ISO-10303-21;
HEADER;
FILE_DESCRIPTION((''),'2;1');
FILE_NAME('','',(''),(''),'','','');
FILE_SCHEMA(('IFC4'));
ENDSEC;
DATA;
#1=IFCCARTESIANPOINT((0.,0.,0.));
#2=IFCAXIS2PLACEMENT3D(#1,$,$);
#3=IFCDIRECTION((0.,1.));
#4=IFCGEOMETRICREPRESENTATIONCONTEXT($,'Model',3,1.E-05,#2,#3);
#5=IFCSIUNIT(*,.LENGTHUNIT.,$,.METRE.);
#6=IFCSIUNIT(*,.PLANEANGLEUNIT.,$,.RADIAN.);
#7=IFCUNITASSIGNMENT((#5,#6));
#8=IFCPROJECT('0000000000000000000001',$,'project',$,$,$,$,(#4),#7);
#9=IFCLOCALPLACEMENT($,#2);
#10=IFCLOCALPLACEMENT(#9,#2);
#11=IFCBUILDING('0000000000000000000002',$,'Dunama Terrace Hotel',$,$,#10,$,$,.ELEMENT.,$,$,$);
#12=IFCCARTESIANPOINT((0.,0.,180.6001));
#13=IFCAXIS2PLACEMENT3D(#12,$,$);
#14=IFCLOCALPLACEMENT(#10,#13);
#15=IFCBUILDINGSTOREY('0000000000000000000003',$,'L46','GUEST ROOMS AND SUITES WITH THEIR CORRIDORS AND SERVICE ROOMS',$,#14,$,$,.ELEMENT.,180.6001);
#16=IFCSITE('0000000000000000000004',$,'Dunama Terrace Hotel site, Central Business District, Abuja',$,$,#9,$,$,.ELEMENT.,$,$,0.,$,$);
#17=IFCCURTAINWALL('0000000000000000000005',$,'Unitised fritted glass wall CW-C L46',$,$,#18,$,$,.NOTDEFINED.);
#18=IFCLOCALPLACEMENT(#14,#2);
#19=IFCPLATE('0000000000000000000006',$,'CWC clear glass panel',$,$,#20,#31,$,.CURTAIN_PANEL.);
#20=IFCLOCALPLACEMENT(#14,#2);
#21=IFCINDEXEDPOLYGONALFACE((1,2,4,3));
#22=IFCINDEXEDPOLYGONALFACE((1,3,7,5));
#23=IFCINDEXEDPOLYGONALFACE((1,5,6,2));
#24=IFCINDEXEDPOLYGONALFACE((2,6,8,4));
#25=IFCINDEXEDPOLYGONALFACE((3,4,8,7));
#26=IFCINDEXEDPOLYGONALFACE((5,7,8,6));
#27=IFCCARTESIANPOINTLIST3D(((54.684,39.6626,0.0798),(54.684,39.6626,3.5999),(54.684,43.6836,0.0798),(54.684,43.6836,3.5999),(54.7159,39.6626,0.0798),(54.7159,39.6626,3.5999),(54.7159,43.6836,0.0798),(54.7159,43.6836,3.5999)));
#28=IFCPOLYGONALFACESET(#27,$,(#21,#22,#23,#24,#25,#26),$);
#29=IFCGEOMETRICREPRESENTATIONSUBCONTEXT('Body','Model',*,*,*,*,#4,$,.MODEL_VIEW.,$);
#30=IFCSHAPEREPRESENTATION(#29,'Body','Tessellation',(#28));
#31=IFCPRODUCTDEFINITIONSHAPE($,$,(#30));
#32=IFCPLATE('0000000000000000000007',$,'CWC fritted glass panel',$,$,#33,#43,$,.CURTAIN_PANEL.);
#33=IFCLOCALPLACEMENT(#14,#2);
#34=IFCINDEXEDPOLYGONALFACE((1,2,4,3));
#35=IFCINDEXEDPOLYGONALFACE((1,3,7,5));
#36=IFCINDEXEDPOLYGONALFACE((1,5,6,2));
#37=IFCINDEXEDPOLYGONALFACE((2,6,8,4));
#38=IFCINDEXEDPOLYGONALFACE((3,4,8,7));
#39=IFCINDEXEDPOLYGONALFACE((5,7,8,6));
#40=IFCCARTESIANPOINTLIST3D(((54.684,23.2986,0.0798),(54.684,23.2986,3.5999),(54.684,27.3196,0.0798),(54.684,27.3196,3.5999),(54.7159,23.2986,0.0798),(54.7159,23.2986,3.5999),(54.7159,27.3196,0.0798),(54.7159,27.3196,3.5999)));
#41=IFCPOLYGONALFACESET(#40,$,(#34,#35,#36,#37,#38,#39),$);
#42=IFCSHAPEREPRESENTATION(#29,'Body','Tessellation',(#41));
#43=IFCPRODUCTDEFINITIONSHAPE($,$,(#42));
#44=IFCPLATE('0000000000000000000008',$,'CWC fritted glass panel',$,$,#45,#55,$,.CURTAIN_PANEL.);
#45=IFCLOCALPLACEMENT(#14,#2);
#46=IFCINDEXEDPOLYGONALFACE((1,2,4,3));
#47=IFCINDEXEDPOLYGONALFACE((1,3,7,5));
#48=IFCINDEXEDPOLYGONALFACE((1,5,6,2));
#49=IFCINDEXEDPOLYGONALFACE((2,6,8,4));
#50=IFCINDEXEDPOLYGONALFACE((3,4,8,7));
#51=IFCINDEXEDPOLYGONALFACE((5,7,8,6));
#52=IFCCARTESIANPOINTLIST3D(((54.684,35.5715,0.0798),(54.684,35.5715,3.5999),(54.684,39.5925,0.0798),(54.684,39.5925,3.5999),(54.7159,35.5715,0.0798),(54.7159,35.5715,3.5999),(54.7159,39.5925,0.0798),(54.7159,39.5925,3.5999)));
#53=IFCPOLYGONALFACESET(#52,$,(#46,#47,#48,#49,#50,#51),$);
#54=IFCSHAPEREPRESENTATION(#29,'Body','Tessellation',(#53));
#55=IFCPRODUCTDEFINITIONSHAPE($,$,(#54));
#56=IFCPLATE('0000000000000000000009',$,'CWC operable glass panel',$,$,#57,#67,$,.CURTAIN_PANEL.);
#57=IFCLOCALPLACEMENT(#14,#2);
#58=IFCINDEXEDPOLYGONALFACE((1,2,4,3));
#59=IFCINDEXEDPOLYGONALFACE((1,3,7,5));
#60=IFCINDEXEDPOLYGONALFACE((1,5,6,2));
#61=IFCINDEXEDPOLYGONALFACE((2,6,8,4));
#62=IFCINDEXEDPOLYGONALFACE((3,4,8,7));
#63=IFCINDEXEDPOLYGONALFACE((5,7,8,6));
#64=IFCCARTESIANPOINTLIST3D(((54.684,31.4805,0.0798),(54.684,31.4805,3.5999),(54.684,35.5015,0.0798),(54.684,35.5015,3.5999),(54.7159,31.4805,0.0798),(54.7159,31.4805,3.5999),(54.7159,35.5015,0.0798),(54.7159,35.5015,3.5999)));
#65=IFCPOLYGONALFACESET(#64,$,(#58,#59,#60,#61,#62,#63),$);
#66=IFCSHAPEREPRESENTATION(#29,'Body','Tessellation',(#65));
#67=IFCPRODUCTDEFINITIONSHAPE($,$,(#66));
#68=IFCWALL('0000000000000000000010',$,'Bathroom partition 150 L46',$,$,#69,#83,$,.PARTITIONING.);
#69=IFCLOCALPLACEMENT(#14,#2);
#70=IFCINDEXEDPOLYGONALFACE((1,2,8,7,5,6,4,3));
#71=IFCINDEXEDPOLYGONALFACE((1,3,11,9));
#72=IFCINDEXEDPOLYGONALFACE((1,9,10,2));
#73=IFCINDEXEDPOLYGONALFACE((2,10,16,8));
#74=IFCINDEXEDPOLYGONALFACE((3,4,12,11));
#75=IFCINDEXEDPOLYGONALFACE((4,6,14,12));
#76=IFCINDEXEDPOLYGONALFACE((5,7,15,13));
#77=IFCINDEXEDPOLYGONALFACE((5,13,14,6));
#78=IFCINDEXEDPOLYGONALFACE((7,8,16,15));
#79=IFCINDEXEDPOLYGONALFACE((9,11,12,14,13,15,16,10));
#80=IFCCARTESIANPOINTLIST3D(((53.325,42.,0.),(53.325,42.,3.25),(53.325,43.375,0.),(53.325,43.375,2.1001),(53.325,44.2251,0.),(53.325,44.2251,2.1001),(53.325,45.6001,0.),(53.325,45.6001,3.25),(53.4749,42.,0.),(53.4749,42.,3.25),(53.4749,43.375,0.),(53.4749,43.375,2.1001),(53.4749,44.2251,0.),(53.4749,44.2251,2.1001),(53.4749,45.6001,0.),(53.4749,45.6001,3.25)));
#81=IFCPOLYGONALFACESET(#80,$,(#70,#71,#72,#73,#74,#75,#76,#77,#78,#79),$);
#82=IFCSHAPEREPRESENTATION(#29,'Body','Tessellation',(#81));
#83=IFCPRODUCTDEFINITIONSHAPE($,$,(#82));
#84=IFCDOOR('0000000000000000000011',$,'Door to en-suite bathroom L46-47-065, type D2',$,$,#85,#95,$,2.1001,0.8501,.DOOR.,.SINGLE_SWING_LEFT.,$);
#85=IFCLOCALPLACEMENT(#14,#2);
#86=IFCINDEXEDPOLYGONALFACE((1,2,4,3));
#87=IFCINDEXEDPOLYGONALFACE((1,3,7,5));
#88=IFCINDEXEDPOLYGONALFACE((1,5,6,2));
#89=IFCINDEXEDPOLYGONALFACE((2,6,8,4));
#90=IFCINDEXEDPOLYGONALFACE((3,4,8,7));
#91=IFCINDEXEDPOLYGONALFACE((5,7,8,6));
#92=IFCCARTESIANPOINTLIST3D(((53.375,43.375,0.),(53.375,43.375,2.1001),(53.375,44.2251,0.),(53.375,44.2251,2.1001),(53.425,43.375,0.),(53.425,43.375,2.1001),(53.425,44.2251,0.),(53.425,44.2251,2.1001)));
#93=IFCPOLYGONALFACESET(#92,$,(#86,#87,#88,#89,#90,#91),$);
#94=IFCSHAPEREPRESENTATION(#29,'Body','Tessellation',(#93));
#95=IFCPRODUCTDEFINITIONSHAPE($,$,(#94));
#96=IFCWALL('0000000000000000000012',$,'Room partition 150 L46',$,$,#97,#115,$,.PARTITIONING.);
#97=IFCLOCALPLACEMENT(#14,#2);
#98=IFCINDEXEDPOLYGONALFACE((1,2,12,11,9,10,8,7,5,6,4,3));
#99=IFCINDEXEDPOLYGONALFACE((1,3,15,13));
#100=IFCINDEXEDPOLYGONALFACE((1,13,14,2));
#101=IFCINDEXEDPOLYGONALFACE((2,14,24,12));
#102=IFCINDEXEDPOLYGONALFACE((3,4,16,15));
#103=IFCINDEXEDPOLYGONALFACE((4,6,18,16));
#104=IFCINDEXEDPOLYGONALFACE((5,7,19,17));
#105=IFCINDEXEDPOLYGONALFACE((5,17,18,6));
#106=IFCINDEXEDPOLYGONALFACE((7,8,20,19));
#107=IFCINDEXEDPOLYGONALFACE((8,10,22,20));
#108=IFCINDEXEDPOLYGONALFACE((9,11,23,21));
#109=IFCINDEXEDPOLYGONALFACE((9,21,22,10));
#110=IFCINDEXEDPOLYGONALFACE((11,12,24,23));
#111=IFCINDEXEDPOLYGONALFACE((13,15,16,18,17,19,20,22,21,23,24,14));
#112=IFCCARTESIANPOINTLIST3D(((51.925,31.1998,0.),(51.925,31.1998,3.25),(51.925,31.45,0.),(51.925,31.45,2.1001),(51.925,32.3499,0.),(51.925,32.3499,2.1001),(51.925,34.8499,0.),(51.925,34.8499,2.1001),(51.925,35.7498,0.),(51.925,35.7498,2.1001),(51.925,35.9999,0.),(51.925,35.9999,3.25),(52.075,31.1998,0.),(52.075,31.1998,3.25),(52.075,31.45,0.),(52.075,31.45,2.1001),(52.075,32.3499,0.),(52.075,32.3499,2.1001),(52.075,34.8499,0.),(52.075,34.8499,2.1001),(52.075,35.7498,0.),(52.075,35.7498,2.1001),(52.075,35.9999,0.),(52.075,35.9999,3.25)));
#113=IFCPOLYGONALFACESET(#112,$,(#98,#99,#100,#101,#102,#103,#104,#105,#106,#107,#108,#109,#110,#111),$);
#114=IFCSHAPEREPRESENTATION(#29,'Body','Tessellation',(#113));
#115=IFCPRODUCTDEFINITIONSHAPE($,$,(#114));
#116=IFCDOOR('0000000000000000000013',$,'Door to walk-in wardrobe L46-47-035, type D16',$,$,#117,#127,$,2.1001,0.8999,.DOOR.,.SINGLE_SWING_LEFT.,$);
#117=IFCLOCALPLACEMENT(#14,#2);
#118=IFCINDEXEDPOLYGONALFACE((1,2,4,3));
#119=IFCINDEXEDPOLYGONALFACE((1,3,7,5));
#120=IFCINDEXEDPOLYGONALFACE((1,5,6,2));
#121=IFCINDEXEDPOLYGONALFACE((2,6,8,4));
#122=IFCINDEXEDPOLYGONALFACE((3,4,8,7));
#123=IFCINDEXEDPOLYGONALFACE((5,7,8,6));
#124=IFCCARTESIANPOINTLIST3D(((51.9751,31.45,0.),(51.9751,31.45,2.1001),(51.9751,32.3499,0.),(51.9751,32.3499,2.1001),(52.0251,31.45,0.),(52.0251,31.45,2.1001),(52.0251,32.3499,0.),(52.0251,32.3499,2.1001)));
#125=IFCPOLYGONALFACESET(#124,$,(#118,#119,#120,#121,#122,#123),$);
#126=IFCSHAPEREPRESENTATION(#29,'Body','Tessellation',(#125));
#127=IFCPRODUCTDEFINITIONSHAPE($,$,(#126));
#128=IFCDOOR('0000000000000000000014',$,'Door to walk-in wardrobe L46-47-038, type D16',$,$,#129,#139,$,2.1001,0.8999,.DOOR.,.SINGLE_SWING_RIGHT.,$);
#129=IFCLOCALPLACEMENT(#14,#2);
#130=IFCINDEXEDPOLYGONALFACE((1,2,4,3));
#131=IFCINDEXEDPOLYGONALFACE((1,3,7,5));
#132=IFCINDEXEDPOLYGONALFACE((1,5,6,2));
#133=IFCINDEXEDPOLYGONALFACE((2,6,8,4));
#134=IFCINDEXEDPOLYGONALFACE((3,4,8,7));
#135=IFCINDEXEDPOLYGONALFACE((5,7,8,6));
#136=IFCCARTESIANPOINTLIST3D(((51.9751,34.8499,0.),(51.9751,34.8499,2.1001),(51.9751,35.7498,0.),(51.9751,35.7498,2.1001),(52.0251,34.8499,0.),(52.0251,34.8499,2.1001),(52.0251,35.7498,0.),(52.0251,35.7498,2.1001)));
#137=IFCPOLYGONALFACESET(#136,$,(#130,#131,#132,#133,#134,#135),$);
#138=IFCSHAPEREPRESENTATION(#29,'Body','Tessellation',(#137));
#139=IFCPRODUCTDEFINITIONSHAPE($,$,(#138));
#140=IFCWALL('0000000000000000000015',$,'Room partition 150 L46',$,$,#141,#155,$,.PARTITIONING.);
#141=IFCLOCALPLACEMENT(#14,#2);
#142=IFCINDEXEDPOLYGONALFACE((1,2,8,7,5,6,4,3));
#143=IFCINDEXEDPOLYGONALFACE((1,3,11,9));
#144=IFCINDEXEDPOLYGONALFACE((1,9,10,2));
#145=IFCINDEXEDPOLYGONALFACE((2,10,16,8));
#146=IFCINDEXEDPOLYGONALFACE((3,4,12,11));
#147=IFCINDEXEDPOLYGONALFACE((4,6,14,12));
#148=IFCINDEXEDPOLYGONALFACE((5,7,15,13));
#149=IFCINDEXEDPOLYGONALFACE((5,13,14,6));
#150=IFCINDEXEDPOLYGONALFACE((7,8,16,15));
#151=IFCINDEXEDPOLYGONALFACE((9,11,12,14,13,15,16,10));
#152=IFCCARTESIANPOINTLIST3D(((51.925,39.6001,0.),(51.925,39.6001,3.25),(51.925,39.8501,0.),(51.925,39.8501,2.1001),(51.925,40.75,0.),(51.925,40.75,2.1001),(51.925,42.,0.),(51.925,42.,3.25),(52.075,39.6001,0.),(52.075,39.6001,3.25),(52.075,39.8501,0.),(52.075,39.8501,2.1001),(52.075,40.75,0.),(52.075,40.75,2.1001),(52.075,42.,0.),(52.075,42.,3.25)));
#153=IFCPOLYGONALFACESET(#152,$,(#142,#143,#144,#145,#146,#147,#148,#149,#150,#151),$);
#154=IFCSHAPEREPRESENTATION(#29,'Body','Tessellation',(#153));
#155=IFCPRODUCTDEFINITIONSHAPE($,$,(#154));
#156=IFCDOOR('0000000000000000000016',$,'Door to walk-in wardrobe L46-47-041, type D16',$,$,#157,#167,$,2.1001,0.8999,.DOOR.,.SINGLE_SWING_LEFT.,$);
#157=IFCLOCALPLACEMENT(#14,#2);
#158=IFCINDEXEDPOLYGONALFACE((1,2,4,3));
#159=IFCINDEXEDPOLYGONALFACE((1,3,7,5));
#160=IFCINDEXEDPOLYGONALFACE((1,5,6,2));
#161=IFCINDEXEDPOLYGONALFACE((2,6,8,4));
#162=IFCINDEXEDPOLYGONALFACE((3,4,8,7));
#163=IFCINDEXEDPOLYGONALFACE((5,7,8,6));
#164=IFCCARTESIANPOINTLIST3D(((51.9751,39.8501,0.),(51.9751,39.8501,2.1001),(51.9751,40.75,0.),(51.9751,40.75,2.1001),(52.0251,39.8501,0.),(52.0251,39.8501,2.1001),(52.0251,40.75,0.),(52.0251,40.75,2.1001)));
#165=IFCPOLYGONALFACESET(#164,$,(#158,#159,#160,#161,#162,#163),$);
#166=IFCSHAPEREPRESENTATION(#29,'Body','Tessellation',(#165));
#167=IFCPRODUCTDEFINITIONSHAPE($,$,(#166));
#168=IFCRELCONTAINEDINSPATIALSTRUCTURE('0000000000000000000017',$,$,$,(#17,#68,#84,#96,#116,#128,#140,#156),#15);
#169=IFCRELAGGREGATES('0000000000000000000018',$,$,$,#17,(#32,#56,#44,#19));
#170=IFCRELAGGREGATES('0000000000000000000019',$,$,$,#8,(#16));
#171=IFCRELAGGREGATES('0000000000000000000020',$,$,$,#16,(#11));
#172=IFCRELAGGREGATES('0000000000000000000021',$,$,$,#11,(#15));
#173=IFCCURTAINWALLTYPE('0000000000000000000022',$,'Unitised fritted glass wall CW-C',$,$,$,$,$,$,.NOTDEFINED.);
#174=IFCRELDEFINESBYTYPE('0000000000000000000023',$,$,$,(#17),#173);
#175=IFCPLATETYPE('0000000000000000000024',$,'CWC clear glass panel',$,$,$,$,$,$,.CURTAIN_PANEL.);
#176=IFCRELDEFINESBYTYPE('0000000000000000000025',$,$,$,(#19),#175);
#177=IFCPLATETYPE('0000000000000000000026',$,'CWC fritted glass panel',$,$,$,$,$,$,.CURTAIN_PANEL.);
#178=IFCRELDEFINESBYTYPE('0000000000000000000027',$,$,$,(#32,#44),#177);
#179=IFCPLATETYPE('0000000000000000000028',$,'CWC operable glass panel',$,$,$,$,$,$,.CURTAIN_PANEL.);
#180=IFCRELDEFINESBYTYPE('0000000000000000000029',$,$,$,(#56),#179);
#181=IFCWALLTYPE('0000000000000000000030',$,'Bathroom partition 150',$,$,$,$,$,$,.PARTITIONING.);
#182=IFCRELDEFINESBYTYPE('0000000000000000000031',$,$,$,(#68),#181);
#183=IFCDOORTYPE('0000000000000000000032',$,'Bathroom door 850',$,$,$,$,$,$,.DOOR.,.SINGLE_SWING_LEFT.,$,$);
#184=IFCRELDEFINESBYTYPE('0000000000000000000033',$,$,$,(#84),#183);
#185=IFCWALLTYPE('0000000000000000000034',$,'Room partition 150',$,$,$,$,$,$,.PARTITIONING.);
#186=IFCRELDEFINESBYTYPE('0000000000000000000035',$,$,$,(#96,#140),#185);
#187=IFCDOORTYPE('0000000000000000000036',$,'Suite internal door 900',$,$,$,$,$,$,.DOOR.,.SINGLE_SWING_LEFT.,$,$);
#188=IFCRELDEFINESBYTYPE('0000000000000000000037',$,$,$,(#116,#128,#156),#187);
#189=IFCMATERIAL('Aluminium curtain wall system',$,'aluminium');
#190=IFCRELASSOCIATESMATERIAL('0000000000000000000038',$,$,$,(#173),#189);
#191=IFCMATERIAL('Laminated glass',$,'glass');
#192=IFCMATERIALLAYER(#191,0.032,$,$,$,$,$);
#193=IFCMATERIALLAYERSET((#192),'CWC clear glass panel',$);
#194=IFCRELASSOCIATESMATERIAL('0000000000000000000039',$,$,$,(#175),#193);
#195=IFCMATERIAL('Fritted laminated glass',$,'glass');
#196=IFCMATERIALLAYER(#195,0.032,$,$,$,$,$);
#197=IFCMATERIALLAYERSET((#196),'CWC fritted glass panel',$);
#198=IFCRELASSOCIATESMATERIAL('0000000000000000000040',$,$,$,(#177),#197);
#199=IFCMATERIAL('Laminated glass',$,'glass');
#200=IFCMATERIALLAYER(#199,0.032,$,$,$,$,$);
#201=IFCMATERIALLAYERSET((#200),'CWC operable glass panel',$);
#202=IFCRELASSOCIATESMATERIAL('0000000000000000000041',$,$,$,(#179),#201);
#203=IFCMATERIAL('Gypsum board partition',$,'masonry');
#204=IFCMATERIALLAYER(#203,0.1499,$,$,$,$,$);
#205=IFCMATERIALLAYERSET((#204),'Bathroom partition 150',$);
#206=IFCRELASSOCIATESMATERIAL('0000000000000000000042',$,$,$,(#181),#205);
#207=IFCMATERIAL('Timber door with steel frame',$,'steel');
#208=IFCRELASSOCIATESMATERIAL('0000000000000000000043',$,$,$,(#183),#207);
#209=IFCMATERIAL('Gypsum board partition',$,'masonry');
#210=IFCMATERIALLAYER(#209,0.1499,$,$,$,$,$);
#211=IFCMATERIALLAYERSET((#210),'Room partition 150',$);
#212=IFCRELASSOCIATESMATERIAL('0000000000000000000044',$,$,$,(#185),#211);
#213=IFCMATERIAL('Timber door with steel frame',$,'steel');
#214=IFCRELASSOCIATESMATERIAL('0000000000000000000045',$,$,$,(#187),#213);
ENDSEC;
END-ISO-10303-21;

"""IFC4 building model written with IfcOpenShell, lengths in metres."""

from ifc_helpers import new_model, si_unit, direction, frame, frame_2d, origin, origin_2d, place, context, subcontext, project, spatial, rectangle, extrude, material, layer, layer_set, type_object, element, fill, aggregate, save


model = new_model("IFC4")

# Units and contexts
model_context = context("Model", 3, precision=1e-05, world=origin(), true_north=direction((0.0, 1.0)))
body_context = subcontext(model_context, "Body", "Model", "MODEL_VIEW")
ifc_project = project(units=[si_unit("LENGTHUNIT", "METRE"), si_unit("PLANEANGLEUNIT", "RADIAN")], contexts=[model_context])

# Site, building, storey
site_placement = place(None, origin())
site = spatial("IfcSite", under=ifc_project, at=site_placement, Name="Dunama Terrace Hotel site, Central Business District, Abuja", CompositionType="ELEMENT", RefElevation=0.0)
building_placement = place(site_placement, origin())
building = spatial("IfcBuilding", under=site, at=building_placement, Name="Dunama Terrace Hotel", CompositionType="ELEMENT")
storey_placement = place(building_placement, frame((0.0, 0.0, 180.6001)))
storey = spatial("IfcBuildingStorey", under=building, at=storey_placement, Name="L46", Description="GUEST ROOMS AND SUITES WITH THEIR CORRIDORS AND SERVICE ROOMS", CompositionType="ELEMENT", Elevation=180.6001)

# Curtain wall
ifc_material_1 = material(Name="Aluminium curtain wall system", Category="aluminium")
curtain_wall_type = type_object("IfcCurtainWallType", Name="Unitised fritted glass wall CW-C", PredefinedType="NOTDEFINED", material=ifc_material_1)
curtain_wall_placement = place(storey_placement, origin())
curtain_wall = element("IfcCurtainWall", 1, at=curtain_wall_placement, inside=storey, type_object=curtain_wall_type, Name="Unitised fritted glass wall CW-C L46", PredefinedType="NOTDEFINED")

# Plates
ifc_material_2 = material(Name="Laminated glass", Category="glass")
ifc_layer_1 = layer(ifc_material_2, 0.032)
ifc_layer_set_1 = layer_set([ifc_layer_1], Name="CWC clear glass panel")
plate_type_1 = type_object("IfcPlateType", Name="CWC clear glass panel", PredefinedType="CURTAIN_PANEL", material=ifc_layer_set_1)
plate_1_placement = place(storey_placement, frame((54.7, 41.6731, 0.0798), z_axis=(0.0, 0.0, 1.0), x_axis=(0.0, 1.0, 0.0)))
plate_1 = element("IfcPlate", 2, at=plate_1_placement, type_object=plate_type_1, Name="CWC clear glass panel", PredefinedType="CURTAIN_PANEL", context=body_context, shape_type="SweptSolid", body=[
    extrude(rectangle(XDim=4.021, YDim=0.032, at=origin_2d()), origin(), (0.0, 0.0, 1.0), 3.52),
])
ifc_material_3 = material(Name="Fritted laminated glass", Category="glass")
ifc_layer_2 = layer(ifc_material_3, 0.032)
ifc_layer_set_2 = layer_set([ifc_layer_2], Name="CWC fritted glass panel")
plate_type_2 = type_object("IfcPlateType", Name="CWC fritted glass panel", PredefinedType="CURTAIN_PANEL", material=ifc_layer_set_2)
plate_2_placement = place(storey_placement, frame((54.7, 25.3091, 0.0798), z_axis=(0.0, 0.0, 1.0), x_axis=(0.0, 1.0, 0.0)))
plate_2 = element("IfcPlate", 3, at=plate_2_placement, type_object=plate_type_2, Name="CWC fritted glass panel", PredefinedType="CURTAIN_PANEL", context=body_context, shape_type="SweptSolid", body=[
    extrude(rectangle(XDim=4.021, YDim=0.032, at=origin_2d()), origin(), (0.0, 0.0, 1.0), 3.52),
])
plate_3_placement = place(storey_placement, frame((54.7, 37.582, 0.0798), z_axis=(0.0, 0.0, 1.0), x_axis=(0.0, 1.0, 0.0)))
plate_3 = element("IfcPlate", 4, at=plate_3_placement, type_object=plate_type_2, Name="CWC fritted glass panel", PredefinedType="CURTAIN_PANEL", context=body_context, shape_type="SweptSolid", body=[
    extrude(rectangle(XDim=4.021, YDim=0.032, at=origin_2d()), origin(), (0.0, 0.0, 1.0), 3.52),
])
ifc_material_4 = material(Name="Laminated glass", Category="glass")
ifc_layer_3 = layer(ifc_material_4, 0.032)
ifc_layer_set_3 = layer_set([ifc_layer_3], Name="CWC operable glass panel")
plate_type_3 = type_object("IfcPlateType", Name="CWC operable glass panel", PredefinedType="CURTAIN_PANEL", material=ifc_layer_set_3)
plate_4_placement = place(storey_placement, frame((54.7, 33.491, 0.0798), z_axis=(0.0, 0.0, 1.0), x_axis=(0.0, 1.0, 0.0)))
plate_4 = element("IfcPlate", 5, at=plate_4_placement, type_object=plate_type_3, Name="CWC operable glass panel", PredefinedType="CURTAIN_PANEL", context=body_context, shape_type="SweptSolid", body=[
    extrude(rectangle(XDim=4.021, YDim=0.032, at=origin_2d()), origin(), (0.0, 0.0, 1.0), 3.52),
])
aggregate(curtain_wall, [plate_2, plate_4, plate_3, plate_1])

# Wall, opening, door
ifc_material_5 = material(Name="Gypsum board partition", Category="masonry")
ifc_layer_4 = layer(ifc_material_5, 0.1499)
ifc_layer_set_4 = layer_set([ifc_layer_4], Name="Bathroom partition 150")
wall_type_1 = type_object("IfcWallType", Name="Bathroom partition 150", PredefinedType="PARTITIONING", material=ifc_layer_set_4)
wall_1_placement = place(storey_placement, frame((53.3999, 42.0, 0.0), z_axis=(0.0, 0.0, 1.0), x_axis=(0.0, 1.0, 0.0)))
wall_1 = element("IfcWall", 6, at=wall_1_placement, inside=storey, type_object=wall_type_1, Name="Bathroom partition 150 L46", PredefinedType="PARTITIONING", context=body_context, shape_type="SweptSolid", body=[
    extrude(rectangle(XDim=3.6001, YDim=0.1499, at=frame_2d((1.8, 0.0))), origin(), (0.0, 0.0, 1.0), 3.25),
])
opening_1_placement = place(wall_1_placement, frame((1.375, 0.0, 0.0)))
opening_1 = element("IfcOpeningElement", 7, at=opening_1_placement, cuts=wall_1, PredefinedType="OPENING", context=body_context, shape_type="SweptSolid", body=[
    extrude(rectangle(XDim=0.8501, YDim=2.1001, at=frame_2d((0.425, 1.05))), frame((0.0, 0.085, 0.0), z_axis=(0.0, -1.0, 0.0), x_axis=(1.0, 0.0, 0.0)), (0.0, 0.0, 1.0), 0.1699),
])
ifc_material_6 = material(Name="Timber door with steel frame", Category="steel")
door_type_1 = type_object("IfcDoorType", Name="Bathroom door 850", OperationType="SINGLE_SWING_LEFT", PredefinedType="DOOR", material=ifc_material_6)
door_1_placement = place(opening_1_placement, origin())
door_1 = element("IfcDoor", 8, at=door_1_placement, inside=storey, type_object=door_type_1, Name="Door to en-suite bathroom L46-47-065, type D2", OperationType="SINGLE_SWING_LEFT", OverallHeight=2.1001, OverallWidth=0.8501, PredefinedType="DOOR", context=body_context, shape_type="SweptSolid", body=[
    extrude(rectangle(XDim=0.8501, YDim=2.1001, at=frame_2d((0.425, 1.05))), frame((0.0, 0.0249, 0.0), z_axis=(0.0, -1.0, 0.0), x_axis=(1.0, 0.0, 0.0)), (0.0, 0.0, 1.0), 0.05),
])
fill(opening_1, door_1)

# Wall, openings, doors
ifc_material_7 = material(Name="Gypsum board partition", Category="masonry")
ifc_layer_5 = layer(ifc_material_7, 0.1499)
ifc_layer_set_5 = layer_set([ifc_layer_5], Name="Room partition 150")
wall_type_2 = type_object("IfcWallType", Name="Room partition 150", PredefinedType="PARTITIONING", material=ifc_layer_set_5)
wall_2_placement = place(storey_placement, frame((52.0, 31.2, 0.0), z_axis=(0.0, 0.0, 1.0), x_axis=(0.0, 1.0, 0.0)))
wall_2 = element("IfcWall", 9, at=wall_2_placement, inside=storey, type_object=wall_type_2, Name="Room partition 150 L46", PredefinedType="PARTITIONING", context=body_context, shape_type="SweptSolid", body=[
    extrude(rectangle(XDim=4.8, YDim=0.1499, at=frame_2d((2.3999, 0.0))), origin(), (0.0, 0.0, 1.0), 3.25),
])
opening_2_placement = place(wall_2_placement, frame((0.25, 0.0, 0.0)))
opening_2 = element("IfcOpeningElement", 10, at=opening_2_placement, cuts=wall_2, PredefinedType="OPENING", context=body_context, shape_type="SweptSolid", body=[
    extrude(rectangle(XDim=0.8999, YDim=2.1001, at=frame_2d((0.45, 1.05))), frame((0.0, 0.085, 0.0), z_axis=(0.0, -1.0, 0.0), x_axis=(1.0, 0.0, 0.0)), (0.0, 0.0, 1.0), 0.1699),
])
opening_3_placement = place(wall_2_placement, frame((3.6499, 0.0, 0.0)))
opening_3 = element("IfcOpeningElement", 11, at=opening_3_placement, cuts=wall_2, PredefinedType="OPENING", context=body_context, shape_type="SweptSolid", body=[
    extrude(rectangle(XDim=0.8999, YDim=2.1001, at=frame_2d((0.45, 1.05))), frame((0.0, 0.085, 0.0), z_axis=(0.0, -1.0, 0.0), x_axis=(1.0, 0.0, 0.0)), (0.0, 0.0, 1.0), 0.1699),
])
ifc_material_8 = material(Name="Timber door with steel frame", Category="steel")
door_type_2 = type_object("IfcDoorType", Name="Suite internal door 900", OperationType="SINGLE_SWING_LEFT", PredefinedType="DOOR", material=ifc_material_8)
door_2_placement = place(opening_2_placement, origin())
door_2 = element("IfcDoor", 12, at=door_2_placement, inside=storey, type_object=door_type_2, Name="Door to walk-in wardrobe L46-47-035, type D16", OperationType="SINGLE_SWING_LEFT", OverallHeight=2.1001, OverallWidth=0.8999, PredefinedType="DOOR", context=body_context, shape_type="SweptSolid", body=[
    extrude(rectangle(XDim=0.8999, YDim=2.1001, at=frame_2d((0.45, 1.05))), frame((0.0, 0.0249, 0.0), z_axis=(0.0, -1.0, 0.0), x_axis=(1.0, 0.0, 0.0)), (0.0, 0.0, 1.0), 0.05),
])
fill(opening_2, door_2)
door_3_placement = place(opening_3_placement, origin())
door_3 = element("IfcDoor", 13, at=door_3_placement, inside=storey, type_object=door_type_2, Name="Door to walk-in wardrobe L46-47-038, type D16", OperationType="SINGLE_SWING_RIGHT", OverallHeight=2.1001, OverallWidth=0.8999, PredefinedType="DOOR", context=body_context, shape_type="SweptSolid", body=[
    extrude(rectangle(XDim=0.8999, YDim=2.1001, at=frame_2d((0.45, 1.05))), frame((0.0, 0.0249, 0.0), z_axis=(0.0, -1.0, 0.0), x_axis=(1.0, 0.0, 0.0)), (0.0, 0.0, 1.0), 0.05),
])
fill(opening_3, door_3)

# Wall, opening, door
wall_3_placement = place(storey_placement, frame((52.0, 39.6001, 0.0), z_axis=(0.0, 0.0, 1.0), x_axis=(0.0, 1.0, 0.0)))
wall_3 = element("IfcWall", 14, at=wall_3_placement, inside=storey, type_object=wall_type_2, Name="Room partition 150 L46", PredefinedType="PARTITIONING", context=body_context, shape_type="SweptSolid", body=[
    extrude(rectangle(XDim=2.3999, YDim=0.1499, at=frame_2d((1.2, 0.0))), origin(), (0.0, 0.0, 1.0), 3.25),
])
opening_4_placement = place(wall_3_placement, frame((0.25, 0.0, 0.0)))
opening_4 = element("IfcOpeningElement", 15, at=opening_4_placement, cuts=wall_3, PredefinedType="OPENING", context=body_context, shape_type="SweptSolid", body=[
    extrude(rectangle(XDim=0.8999, YDim=2.1001, at=frame_2d((0.45, 1.05))), frame((0.0, 0.085, 0.0), z_axis=(0.0, -1.0, 0.0), x_axis=(1.0, 0.0, 0.0)), (0.0, 0.0, 1.0), 0.1699),
])
door_4_placement = place(opening_4_placement, origin())
door_4 = element("IfcDoor", 16, at=door_4_placement, inside=storey, type_object=door_type_2, Name="Door to walk-in wardrobe L46-47-041, type D16", OperationType="SINGLE_SWING_LEFT", OverallHeight=2.1001, OverallWidth=0.8999, PredefinedType="DOOR", context=body_context, shape_type="SweptSolid", body=[
    extrude(rectangle(XDim=0.8999, YDim=2.1001, at=frame_2d((0.45, 1.05))), frame((0.0, 0.0249, 0.0), z_axis=(0.0, -1.0, 0.0), x_axis=(1.0, 0.0, 0.0)), (0.0, 0.0, 1.0), 0.05),
])
fill(opening_4, door_4)

save(model, "model.ifc")
